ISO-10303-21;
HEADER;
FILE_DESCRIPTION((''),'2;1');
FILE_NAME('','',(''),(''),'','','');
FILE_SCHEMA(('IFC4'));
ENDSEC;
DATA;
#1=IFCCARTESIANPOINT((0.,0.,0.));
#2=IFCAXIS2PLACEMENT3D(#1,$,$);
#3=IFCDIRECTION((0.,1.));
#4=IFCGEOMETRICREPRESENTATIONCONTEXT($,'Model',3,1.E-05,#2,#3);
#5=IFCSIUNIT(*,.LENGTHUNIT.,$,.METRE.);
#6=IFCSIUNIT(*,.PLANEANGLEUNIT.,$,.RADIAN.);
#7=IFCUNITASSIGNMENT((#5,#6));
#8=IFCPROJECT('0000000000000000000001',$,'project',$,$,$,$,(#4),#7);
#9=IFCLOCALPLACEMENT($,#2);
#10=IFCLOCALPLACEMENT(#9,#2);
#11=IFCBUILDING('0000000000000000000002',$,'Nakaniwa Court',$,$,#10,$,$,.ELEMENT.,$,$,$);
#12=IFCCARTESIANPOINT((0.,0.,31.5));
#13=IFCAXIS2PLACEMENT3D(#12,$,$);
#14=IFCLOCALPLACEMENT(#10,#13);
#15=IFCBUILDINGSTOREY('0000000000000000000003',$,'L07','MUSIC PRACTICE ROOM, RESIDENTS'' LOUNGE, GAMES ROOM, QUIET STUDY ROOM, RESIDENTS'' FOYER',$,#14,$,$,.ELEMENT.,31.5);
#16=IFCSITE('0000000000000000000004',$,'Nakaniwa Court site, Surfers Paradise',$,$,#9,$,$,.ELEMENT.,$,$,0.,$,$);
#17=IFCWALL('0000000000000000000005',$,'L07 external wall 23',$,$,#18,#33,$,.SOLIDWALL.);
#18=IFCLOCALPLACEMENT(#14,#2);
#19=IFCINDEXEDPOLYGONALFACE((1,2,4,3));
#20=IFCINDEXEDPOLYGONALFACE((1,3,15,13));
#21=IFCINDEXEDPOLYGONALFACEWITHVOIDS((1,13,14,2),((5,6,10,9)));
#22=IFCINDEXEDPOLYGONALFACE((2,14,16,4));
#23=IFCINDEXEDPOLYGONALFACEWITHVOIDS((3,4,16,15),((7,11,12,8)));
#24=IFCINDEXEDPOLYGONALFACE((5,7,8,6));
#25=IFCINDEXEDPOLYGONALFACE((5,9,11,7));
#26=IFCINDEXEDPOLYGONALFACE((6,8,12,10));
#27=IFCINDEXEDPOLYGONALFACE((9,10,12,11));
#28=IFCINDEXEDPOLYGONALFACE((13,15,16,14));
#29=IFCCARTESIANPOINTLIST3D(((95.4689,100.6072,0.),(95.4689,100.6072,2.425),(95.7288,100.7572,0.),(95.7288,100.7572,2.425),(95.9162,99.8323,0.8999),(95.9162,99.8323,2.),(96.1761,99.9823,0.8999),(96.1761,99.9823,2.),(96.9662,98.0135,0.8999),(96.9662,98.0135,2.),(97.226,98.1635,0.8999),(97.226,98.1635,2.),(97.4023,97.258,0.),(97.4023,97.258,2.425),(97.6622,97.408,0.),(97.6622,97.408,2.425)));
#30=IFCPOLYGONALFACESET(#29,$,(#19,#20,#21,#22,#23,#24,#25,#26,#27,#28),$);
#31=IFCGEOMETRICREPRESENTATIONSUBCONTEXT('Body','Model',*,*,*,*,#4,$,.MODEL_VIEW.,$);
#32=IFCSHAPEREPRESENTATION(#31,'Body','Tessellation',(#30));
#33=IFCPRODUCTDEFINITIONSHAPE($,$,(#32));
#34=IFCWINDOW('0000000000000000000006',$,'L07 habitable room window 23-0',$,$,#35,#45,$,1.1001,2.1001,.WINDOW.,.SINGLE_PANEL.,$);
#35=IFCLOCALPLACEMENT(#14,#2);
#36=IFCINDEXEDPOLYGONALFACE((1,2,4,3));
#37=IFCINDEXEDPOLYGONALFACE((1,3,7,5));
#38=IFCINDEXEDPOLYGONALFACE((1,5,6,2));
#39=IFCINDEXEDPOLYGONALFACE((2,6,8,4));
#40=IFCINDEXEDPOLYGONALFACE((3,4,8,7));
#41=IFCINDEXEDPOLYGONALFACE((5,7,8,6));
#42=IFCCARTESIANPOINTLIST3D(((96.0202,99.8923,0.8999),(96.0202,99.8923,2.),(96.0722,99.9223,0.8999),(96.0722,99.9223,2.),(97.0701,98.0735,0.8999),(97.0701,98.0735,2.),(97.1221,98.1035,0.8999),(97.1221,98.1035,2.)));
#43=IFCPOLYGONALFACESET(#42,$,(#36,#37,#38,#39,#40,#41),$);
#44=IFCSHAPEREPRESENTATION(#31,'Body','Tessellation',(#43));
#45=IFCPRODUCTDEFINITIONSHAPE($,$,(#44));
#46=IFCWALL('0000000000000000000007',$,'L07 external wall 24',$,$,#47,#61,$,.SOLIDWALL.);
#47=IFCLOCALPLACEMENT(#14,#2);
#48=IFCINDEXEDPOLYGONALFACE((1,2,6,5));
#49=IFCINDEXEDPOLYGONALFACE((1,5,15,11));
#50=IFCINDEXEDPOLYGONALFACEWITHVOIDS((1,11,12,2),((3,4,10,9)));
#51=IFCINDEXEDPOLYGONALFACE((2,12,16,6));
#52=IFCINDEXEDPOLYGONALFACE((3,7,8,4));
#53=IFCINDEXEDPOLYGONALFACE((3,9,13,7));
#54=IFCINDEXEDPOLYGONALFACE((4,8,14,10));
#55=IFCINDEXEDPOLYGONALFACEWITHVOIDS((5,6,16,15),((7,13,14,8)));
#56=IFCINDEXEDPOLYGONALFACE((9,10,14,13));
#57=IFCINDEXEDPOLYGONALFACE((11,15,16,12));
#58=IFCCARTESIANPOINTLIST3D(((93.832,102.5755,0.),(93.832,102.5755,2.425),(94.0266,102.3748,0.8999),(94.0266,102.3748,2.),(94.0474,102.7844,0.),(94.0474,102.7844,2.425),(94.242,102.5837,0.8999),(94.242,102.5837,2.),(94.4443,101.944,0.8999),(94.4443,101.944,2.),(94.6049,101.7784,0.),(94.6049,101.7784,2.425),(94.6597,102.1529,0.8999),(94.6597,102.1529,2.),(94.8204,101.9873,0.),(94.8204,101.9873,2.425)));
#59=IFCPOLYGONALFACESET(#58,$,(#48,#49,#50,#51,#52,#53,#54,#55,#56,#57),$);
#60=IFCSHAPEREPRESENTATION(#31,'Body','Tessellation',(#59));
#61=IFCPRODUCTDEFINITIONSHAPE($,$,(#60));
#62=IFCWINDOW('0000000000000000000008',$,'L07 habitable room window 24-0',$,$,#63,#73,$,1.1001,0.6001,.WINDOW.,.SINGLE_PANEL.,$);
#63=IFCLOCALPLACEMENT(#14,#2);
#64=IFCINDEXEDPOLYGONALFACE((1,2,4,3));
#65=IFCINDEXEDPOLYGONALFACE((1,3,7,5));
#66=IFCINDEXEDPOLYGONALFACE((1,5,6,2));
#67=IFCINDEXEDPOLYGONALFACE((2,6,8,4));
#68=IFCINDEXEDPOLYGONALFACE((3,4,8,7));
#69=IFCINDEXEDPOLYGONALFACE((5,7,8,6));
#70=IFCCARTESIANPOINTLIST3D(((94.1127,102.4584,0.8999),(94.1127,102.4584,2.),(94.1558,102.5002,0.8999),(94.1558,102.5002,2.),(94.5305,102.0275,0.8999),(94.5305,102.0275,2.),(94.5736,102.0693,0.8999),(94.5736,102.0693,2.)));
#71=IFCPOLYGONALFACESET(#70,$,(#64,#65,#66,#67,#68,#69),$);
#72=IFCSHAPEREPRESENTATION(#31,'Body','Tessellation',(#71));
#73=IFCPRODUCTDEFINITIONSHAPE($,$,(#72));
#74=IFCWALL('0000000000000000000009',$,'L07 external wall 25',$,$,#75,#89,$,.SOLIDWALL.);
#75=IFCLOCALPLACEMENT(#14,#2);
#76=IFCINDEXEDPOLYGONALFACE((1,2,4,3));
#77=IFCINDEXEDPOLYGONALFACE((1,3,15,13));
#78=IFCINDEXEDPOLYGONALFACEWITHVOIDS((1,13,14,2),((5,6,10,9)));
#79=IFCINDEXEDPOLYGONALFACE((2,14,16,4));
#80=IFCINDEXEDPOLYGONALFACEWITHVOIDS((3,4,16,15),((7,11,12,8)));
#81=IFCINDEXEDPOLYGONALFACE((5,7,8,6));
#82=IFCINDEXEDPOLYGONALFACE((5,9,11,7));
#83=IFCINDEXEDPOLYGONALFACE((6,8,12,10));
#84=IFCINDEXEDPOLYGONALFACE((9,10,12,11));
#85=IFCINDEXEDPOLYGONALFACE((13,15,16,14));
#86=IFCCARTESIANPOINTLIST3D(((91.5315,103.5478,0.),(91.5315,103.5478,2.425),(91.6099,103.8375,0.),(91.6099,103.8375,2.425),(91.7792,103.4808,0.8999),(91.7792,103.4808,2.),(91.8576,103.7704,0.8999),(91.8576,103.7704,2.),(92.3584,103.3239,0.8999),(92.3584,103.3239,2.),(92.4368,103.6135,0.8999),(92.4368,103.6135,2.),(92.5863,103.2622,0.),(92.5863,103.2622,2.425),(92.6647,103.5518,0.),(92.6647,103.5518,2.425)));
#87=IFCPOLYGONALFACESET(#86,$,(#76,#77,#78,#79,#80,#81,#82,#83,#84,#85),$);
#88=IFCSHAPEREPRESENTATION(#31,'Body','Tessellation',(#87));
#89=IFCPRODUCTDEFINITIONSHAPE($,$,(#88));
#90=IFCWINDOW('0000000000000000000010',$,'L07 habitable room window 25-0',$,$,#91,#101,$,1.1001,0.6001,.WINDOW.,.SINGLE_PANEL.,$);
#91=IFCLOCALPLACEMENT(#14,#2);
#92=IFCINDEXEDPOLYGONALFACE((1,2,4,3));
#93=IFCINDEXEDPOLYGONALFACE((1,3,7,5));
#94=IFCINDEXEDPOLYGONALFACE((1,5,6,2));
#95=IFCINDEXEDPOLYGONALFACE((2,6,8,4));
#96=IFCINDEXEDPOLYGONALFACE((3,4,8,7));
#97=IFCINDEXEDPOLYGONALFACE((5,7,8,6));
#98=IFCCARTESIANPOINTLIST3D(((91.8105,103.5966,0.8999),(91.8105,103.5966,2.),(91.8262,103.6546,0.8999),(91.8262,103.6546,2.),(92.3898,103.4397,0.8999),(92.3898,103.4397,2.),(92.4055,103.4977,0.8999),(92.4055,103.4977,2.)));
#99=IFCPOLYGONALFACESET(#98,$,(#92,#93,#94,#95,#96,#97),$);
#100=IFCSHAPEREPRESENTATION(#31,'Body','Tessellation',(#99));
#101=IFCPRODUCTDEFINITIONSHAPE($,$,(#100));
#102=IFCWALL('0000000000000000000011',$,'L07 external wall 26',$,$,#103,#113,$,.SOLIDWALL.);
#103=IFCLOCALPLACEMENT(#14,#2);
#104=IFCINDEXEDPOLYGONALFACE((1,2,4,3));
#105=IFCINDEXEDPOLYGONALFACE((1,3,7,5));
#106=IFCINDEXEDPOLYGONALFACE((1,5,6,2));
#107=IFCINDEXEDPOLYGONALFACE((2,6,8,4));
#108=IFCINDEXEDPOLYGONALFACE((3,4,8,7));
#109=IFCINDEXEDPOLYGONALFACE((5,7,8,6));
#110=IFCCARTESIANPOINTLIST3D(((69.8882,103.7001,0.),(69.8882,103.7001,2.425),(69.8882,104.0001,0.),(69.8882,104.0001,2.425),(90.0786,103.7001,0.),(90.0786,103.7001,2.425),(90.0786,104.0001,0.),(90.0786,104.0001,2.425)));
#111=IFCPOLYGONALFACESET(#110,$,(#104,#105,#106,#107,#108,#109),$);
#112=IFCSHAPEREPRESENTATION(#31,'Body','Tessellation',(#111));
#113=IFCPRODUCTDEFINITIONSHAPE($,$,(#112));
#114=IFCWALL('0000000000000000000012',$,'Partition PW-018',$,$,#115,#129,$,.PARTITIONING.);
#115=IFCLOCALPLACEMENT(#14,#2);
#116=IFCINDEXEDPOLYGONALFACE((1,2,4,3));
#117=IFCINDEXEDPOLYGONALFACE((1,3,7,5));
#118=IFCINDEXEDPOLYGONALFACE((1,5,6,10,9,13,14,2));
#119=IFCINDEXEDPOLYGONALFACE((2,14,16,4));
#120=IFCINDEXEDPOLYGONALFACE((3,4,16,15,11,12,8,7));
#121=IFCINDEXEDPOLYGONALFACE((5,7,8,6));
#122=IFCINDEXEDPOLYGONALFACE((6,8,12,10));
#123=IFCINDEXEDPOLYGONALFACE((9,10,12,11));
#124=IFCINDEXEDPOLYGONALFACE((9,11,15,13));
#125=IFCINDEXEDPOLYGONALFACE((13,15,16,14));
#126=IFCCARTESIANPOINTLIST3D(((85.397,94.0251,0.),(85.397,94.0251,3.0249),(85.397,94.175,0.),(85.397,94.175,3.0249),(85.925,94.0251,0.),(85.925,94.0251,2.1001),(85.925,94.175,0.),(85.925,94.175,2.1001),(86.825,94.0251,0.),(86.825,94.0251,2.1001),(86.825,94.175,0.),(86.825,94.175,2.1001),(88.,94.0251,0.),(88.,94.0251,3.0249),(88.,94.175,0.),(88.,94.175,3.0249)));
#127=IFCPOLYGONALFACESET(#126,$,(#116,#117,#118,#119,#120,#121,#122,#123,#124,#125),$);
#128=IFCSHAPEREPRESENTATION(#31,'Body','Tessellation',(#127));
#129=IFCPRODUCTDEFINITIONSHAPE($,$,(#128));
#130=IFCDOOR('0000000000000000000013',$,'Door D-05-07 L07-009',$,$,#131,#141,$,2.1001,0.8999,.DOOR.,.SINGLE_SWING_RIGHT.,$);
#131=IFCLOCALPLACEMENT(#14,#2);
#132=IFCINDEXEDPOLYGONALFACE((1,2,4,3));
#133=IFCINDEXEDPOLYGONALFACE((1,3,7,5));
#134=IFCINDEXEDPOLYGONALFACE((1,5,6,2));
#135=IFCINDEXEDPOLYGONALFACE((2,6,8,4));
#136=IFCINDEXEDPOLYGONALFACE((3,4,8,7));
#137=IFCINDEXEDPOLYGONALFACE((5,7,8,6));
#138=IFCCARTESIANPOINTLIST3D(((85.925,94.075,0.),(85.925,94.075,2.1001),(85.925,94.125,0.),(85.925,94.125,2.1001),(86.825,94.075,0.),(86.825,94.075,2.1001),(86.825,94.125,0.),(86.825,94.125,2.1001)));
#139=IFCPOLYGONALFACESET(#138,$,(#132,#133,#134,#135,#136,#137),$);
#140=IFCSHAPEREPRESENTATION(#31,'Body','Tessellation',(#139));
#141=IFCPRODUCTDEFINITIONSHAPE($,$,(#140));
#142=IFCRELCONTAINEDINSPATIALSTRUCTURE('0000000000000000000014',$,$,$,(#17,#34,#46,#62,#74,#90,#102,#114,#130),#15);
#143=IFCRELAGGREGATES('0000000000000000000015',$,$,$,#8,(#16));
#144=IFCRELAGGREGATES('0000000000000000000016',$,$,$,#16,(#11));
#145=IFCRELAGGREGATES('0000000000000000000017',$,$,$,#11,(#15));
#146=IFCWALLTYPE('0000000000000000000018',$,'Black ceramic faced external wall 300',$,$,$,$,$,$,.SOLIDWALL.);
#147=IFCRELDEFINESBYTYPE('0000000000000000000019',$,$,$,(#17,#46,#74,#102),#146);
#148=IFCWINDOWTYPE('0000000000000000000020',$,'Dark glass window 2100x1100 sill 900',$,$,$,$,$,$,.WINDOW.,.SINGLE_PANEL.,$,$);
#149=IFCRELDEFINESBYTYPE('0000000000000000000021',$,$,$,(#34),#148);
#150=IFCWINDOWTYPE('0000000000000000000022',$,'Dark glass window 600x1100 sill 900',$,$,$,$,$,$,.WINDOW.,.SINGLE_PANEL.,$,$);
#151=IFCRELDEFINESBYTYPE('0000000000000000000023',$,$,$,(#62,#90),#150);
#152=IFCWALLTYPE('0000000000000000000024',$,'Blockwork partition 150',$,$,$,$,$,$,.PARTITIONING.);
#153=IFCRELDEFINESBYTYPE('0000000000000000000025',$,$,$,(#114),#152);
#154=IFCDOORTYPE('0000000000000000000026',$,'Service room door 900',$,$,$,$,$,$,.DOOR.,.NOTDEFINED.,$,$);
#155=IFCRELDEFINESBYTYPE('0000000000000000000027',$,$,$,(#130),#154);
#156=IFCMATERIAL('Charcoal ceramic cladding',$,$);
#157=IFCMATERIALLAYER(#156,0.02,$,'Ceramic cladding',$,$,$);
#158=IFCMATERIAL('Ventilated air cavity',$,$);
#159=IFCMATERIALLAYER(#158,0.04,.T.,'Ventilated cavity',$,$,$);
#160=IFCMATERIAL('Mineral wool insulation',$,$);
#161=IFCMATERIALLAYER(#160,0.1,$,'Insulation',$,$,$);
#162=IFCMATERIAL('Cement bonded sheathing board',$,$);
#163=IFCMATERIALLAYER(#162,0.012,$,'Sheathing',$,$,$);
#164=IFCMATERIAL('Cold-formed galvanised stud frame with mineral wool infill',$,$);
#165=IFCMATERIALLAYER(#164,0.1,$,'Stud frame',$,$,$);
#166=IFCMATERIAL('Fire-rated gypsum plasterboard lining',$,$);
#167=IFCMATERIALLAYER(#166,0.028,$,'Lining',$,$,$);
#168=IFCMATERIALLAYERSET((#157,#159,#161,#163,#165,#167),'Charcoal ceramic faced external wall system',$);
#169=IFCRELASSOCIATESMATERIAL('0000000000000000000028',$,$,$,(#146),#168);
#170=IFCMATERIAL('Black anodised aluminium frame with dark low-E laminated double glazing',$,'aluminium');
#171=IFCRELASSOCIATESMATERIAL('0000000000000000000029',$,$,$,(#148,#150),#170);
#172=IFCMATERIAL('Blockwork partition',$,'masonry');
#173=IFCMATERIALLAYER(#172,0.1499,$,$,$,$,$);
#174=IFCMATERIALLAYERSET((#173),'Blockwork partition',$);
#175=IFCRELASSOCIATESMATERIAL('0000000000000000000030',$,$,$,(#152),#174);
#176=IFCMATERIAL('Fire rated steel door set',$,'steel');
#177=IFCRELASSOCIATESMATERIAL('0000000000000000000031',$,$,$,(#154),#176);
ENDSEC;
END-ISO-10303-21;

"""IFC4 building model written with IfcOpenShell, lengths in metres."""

from ifc_helpers import new_model, si_unit, direction, frame, frame_2d, origin, place, context, subcontext, project, spatial, rectangle, extrude, material, layer, layer_set, type_object, element, fill, save


model = new_model("IFC4")

# Units and contexts
model_context = context("Model", 3, precision=1e-05, world=origin(), true_north=direction((0.0, 1.0)))
body_context = subcontext(model_context, "Body", "Model", "MODEL_VIEW")
ifc_project = project(units=[si_unit("LENGTHUNIT", "METRE"), si_unit("PLANEANGLEUNIT", "RADIAN")], contexts=[model_context])

# Site, building, storey
site_placement = place(None, origin())
site = spatial("IfcSite", under=ifc_project, at=site_placement, Name="Nakaniwa Court site, Surfers Paradise", CompositionType="ELEMENT", RefElevation=0.0)
building_placement = place(site_placement, origin())
building = spatial("IfcBuilding", under=site, at=building_placement, Name="Nakaniwa Court", CompositionType="ELEMENT")
storey_placement = place(building_placement, frame((0.0, 0.0, 31.5)))
storey = spatial("IfcBuildingStorey", under=building, at=storey_placement, Name="L07", Description="MUSIC PRACTICE ROOM, RESIDENTS' LOUNGE, GAMES ROOM, QUIET STUDY ROOM, RESIDENTS' FOYER", CompositionType="ELEMENT", Elevation=31.5)

# Walls, openings, windows
ifc_material_1 = material(Name="Charcoal ceramic cladding")
ifc_layer_1 = layer(ifc_material_1, 0.02, Name="Ceramic cladding")
ifc_material_2 = material(Name="Ventilated air cavity")
ifc_layer_2 = layer(ifc_material_2, 0.04, ventilated=True, Name="Ventilated cavity")
ifc_material_3 = material(Name="Mineral wool insulation")
ifc_layer_3 = layer(ifc_material_3, 0.1, Name="Insulation")
ifc_material_4 = material(Name="Cement bonded sheathing board")
ifc_layer_4 = layer(ifc_material_4, 0.012, Name="Sheathing")
ifc_material_5 = material(Name="Cold-formed galvanised stud frame with mineral wool infill")
ifc_layer_5 = layer(ifc_material_5, 0.1, Name="Stud frame")
ifc_material_6 = material(Name="Fire-rated gypsum plasterboard lining")
ifc_layer_6 = layer(ifc_material_6, 0.028, Name="Lining")
ifc_layer_set_1 = layer_set([ifc_layer_1, ifc_layer_2, ifc_layer_3, ifc_layer_4, ifc_layer_5, ifc_layer_6], Name="Charcoal ceramic faced external wall system")
wall_type_1 = type_object("IfcWallType", Name="Black ceramic faced external wall 300", PredefinedType="SOLIDWALL", material=ifc_layer_set_1)
wall_1_placement = place(storey_placement, frame((97.5322, 97.333, 0.0), z_axis=(0.0, 0.0, 1.0), x_axis=(-0.499948, 0.866055, 0.0)))
wall_1 = element("IfcWall", 1, at=wall_1_placement, inside=storey, type_object=wall_type_1, Name="L07 external wall 23", PredefinedType="SOLIDWALL", context=body_context, shape_type="SweptSolid", body=[
    extrude(rectangle(XDim=3.8672, YDim=0.3, at=frame_2d((1.9336, 0.0))), origin(), (0.0, 0.0, 1.0), 2.425),
])
opening_1_placement = place(wall_1_placement, frame((0.8723, 0.0, 0.8999)))
opening_1 = element("IfcOpeningElement", 2, at=opening_1_placement, cuts=wall_1, PredefinedType="OPENING", context=body_context, shape_type="SweptSolid", body=[
    extrude(rectangle(XDim=2.1001, YDim=1.1001, at=frame_2d((1.05, 0.55))), frame((0.0, 0.1599, 0.0), z_axis=(0.0, -1.0, 0.0), x_axis=(1.0, 0.0, 0.0)), (0.0, 0.0, 1.0), 0.3201),
])
ifc_material_7 = material(Name="Black anodised aluminium frame with dark low-E laminated double glazing", Category="aluminium")
window_type_1 = type_object("IfcWindowType", Name="Dark glass window 2100x1100 sill 900", PartitioningType="SINGLE_PANEL", PredefinedType="WINDOW", material=ifc_material_7)
window_1_placement = place(opening_1_placement, origin())
window_1 = element("IfcWindow", 3, at=window_1_placement, inside=storey, type_object=window_type_1, Name="L07 habitable room window 23-0", OverallHeight=1.1001, OverallWidth=2.1001, PartitioningType="SINGLE_PANEL", PredefinedType="WINDOW", context=body_context, shape_type="SweptSolid", body=[
    extrude(rectangle(XDim=2.1001, YDim=1.1001, at=frame_2d((1.05, 0.55))), frame((0.0, 0.03, 0.0), z_axis=(0.0, -1.0, 0.0), x_axis=(1.0, 0.0, 0.0)), (0.0, 0.0, 1.0), 0.0601),
])
fill(opening_1, window_1)
wall_2_placement = place(storey_placement, frame((94.7126, 101.8828, 0.0), z_axis=(0.0, 0.0, 1.0), x_axis=(-0.696139, 0.717907, 0.0)))
wall_2 = element("IfcWall", 4, at=wall_2_placement, inside=storey, type_object=wall_type_1, Name="L07 external wall 24", PredefinedType="SOLIDWALL", context=body_context, shape_type="SweptSolid", body=[
    extrude(rectangle(XDim=1.1104, YDim=0.3, at=frame_2d((0.5552, 0.0))), origin(), (0.0, 0.0, 1.0), 2.425),
])
opening_2_placement = place(wall_2_placement, frame((0.2307, 0.0, 0.8999)))
opening_2 = element("IfcOpeningElement", 5, at=opening_2_placement, cuts=wall_2, PredefinedType="OPENING", context=body_context, shape_type="SweptSolid", body=[
    extrude(rectangle(XDim=0.6001, YDim=1.1001, at=frame_2d((0.3, 0.55))), frame((0.0, 0.1599, 0.0), z_axis=(0.0, -1.0, 0.0), x_axis=(1.0, 0.0, 0.0)), (0.0, 0.0, 1.0), 0.3201),
])
window_type_2 = type_object("IfcWindowType", Name="Dark glass window 600x1100 sill 900", PartitioningType="SINGLE_PANEL", PredefinedType="WINDOW", material=ifc_material_7)
window_2_placement = place(opening_2_placement, origin())
window_2 = element("IfcWindow", 6, at=window_2_placement, inside=storey, type_object=window_type_2, Name="L07 habitable room window 24-0", OverallHeight=1.1001, OverallWidth=0.6001, PartitioningType="SINGLE_PANEL", PredefinedType="WINDOW", context=body_context, shape_type="SweptSolid", body=[
    extrude(rectangle(XDim=0.6001, YDim=1.1001, at=frame_2d((0.3, 0.55))), frame((0.0, 0.03, 0.0), z_axis=(0.0, -1.0, 0.0), x_axis=(1.0, 0.0, 0.0)), (0.0, 0.0, 1.0), 0.0601),
])
fill(opening_2, window_2)
wall_3_placement = place(storey_placement, frame((92.6255, 103.407, 0.0), z_axis=(0.0, 0.0, 1.0), x_axis=(-0.965226, 0.261415, 0.0)))
wall_3 = element("IfcWall", 7, at=wall_3_placement, inside=storey, type_object=wall_type_1, Name="L07 external wall 25", PredefinedType="SOLIDWALL", context=body_context, shape_type="SweptSolid", body=[
    extrude(rectangle(XDim=1.0928, YDim=0.3, at=frame_2d((0.5464, 0.0))), origin(), (0.0, 0.0, 1.0), 2.425),
])
opening_3_placement = place(wall_3_placement, frame((0.2361, 0.0, 0.8999)))
opening_3 = element("IfcOpeningElement", 8, at=opening_3_placement, cuts=wall_3, PredefinedType="OPENING", context=body_context, shape_type="SweptSolid", body=[
    extrude(rectangle(XDim=0.6001, YDim=1.1001, at=frame_2d((0.3, 0.55))), frame((0.0, 0.1599, 0.0), z_axis=(0.0, -1.0, 0.0), x_axis=(1.0, 0.0, 0.0)), (0.0, 0.0, 1.0), 0.3201),
])
window_3_placement = place(opening_3_placement, origin())
window_3 = element("IfcWindow", 9, at=window_3_placement, inside=storey, type_object=window_type_2, Name="L07 habitable room window 25-0", OverallHeight=1.1001, OverallWidth=0.6001, PartitioningType="SINGLE_PANEL", PredefinedType="WINDOW", context=body_context, shape_type="SweptSolid", body=[
    extrude(rectangle(XDim=0.6001, YDim=1.1001, at=frame_2d((0.3, 0.55))), frame((0.0, 0.03, 0.0), z_axis=(0.0, -1.0, 0.0), x_axis=(1.0, 0.0, 0.0)), (0.0, 0.0, 1.0), 0.0601),
])
fill(opening_3, window_3)

# Wall
wall_4_placement = place(storey_placement, frame((90.0786, 103.8501, 0.0), z_axis=(0.0, 0.0, 1.0), x_axis=(-1.0, 0.0, 0.0)))
element("IfcWall", 10, at=wall_4_placement, inside=storey, type_object=wall_type_1, Name="L07 external wall 26", PredefinedType="SOLIDWALL", context=body_context, shape_type="SweptSolid", body=[
    extrude(rectangle(XDim=20.1904, YDim=0.3, at=frame_2d((10.0952, 0.0))), origin(), (0.0, 0.0, 1.0), 2.425),
])

# Wall, opening, door
ifc_material_8 = material(Name="Blockwork partition", Category="masonry")
ifc_layer_7 = layer(ifc_material_8, 0.1499)
ifc_layer_set_2 = layer_set([ifc_layer_7], Name="Blockwork partition")
wall_type_2 = type_object("IfcWallType", Name="Blockwork partition 150", PredefinedType="PARTITIONING", material=ifc_layer_set_2)
wall_5_placement = place(storey_placement, frame((85.397, 94.1001, 0.0), z_axis=(0.0, 0.0, 1.0), x_axis=(1.0, 0.0, 0.0)))
wall_5 = element("IfcWall", 11, at=wall_5_placement, inside=storey, type_object=wall_type_2, Name="Partition PW-018", PredefinedType="PARTITIONING", context=body_context, shape_type="SweptSolid", body=[
    extrude(rectangle(XDim=2.603, YDim=0.1499, at=frame_2d((1.3015, 0.0))), origin(), (0.0, 0.0, 1.0), 3.0249),
])
opening_4_placement = place(wall_5_placement, frame((0.5281, 0.0, 0.0)))
opening_4 = element("IfcOpeningElement", 12, at=opening_4_placement, cuts=wall_5, PredefinedType="OPENING", context=body_context, shape_type="SweptSolid", body=[
    extrude(rectangle(XDim=0.8999, YDim=2.1001, at=frame_2d((0.45, 1.05))), frame((0.0, 0.085, 0.0), z_axis=(0.0, -1.0, 0.0), x_axis=(1.0, 0.0, 0.0)), (0.0, 0.0, 1.0), 0.1699),
])
ifc_material_9 = material(Name="Fire rated steel door set", Category="steel")
door_type_1 = type_object("IfcDoorType", Name="Service room door 900", OperationType="NOTDEFINED", PredefinedType="DOOR", material=ifc_material_9)
door_1_placement = place(opening_4_placement, origin())
door_1 = element("IfcDoor", 13, at=door_1_placement, inside=storey, type_object=door_type_1, Name="Door D-05-07 L07-009", OperationType="SINGLE_SWING_RIGHT", OverallHeight=2.1001, OverallWidth=0.8999, PredefinedType="DOOR", context=body_context, shape_type="SweptSolid", body=[
    extrude(rectangle(XDim=0.8999, YDim=2.1001, at=frame_2d((0.45, 1.05))), frame((0.0, 0.0249, 0.0), z_axis=(0.0, -1.0, 0.0), x_axis=(1.0, 0.0, 0.0)), (0.0, 0.0, 1.0), 0.05),
])
fill(opening_4, door_1)

save(model, "model.ifc")
